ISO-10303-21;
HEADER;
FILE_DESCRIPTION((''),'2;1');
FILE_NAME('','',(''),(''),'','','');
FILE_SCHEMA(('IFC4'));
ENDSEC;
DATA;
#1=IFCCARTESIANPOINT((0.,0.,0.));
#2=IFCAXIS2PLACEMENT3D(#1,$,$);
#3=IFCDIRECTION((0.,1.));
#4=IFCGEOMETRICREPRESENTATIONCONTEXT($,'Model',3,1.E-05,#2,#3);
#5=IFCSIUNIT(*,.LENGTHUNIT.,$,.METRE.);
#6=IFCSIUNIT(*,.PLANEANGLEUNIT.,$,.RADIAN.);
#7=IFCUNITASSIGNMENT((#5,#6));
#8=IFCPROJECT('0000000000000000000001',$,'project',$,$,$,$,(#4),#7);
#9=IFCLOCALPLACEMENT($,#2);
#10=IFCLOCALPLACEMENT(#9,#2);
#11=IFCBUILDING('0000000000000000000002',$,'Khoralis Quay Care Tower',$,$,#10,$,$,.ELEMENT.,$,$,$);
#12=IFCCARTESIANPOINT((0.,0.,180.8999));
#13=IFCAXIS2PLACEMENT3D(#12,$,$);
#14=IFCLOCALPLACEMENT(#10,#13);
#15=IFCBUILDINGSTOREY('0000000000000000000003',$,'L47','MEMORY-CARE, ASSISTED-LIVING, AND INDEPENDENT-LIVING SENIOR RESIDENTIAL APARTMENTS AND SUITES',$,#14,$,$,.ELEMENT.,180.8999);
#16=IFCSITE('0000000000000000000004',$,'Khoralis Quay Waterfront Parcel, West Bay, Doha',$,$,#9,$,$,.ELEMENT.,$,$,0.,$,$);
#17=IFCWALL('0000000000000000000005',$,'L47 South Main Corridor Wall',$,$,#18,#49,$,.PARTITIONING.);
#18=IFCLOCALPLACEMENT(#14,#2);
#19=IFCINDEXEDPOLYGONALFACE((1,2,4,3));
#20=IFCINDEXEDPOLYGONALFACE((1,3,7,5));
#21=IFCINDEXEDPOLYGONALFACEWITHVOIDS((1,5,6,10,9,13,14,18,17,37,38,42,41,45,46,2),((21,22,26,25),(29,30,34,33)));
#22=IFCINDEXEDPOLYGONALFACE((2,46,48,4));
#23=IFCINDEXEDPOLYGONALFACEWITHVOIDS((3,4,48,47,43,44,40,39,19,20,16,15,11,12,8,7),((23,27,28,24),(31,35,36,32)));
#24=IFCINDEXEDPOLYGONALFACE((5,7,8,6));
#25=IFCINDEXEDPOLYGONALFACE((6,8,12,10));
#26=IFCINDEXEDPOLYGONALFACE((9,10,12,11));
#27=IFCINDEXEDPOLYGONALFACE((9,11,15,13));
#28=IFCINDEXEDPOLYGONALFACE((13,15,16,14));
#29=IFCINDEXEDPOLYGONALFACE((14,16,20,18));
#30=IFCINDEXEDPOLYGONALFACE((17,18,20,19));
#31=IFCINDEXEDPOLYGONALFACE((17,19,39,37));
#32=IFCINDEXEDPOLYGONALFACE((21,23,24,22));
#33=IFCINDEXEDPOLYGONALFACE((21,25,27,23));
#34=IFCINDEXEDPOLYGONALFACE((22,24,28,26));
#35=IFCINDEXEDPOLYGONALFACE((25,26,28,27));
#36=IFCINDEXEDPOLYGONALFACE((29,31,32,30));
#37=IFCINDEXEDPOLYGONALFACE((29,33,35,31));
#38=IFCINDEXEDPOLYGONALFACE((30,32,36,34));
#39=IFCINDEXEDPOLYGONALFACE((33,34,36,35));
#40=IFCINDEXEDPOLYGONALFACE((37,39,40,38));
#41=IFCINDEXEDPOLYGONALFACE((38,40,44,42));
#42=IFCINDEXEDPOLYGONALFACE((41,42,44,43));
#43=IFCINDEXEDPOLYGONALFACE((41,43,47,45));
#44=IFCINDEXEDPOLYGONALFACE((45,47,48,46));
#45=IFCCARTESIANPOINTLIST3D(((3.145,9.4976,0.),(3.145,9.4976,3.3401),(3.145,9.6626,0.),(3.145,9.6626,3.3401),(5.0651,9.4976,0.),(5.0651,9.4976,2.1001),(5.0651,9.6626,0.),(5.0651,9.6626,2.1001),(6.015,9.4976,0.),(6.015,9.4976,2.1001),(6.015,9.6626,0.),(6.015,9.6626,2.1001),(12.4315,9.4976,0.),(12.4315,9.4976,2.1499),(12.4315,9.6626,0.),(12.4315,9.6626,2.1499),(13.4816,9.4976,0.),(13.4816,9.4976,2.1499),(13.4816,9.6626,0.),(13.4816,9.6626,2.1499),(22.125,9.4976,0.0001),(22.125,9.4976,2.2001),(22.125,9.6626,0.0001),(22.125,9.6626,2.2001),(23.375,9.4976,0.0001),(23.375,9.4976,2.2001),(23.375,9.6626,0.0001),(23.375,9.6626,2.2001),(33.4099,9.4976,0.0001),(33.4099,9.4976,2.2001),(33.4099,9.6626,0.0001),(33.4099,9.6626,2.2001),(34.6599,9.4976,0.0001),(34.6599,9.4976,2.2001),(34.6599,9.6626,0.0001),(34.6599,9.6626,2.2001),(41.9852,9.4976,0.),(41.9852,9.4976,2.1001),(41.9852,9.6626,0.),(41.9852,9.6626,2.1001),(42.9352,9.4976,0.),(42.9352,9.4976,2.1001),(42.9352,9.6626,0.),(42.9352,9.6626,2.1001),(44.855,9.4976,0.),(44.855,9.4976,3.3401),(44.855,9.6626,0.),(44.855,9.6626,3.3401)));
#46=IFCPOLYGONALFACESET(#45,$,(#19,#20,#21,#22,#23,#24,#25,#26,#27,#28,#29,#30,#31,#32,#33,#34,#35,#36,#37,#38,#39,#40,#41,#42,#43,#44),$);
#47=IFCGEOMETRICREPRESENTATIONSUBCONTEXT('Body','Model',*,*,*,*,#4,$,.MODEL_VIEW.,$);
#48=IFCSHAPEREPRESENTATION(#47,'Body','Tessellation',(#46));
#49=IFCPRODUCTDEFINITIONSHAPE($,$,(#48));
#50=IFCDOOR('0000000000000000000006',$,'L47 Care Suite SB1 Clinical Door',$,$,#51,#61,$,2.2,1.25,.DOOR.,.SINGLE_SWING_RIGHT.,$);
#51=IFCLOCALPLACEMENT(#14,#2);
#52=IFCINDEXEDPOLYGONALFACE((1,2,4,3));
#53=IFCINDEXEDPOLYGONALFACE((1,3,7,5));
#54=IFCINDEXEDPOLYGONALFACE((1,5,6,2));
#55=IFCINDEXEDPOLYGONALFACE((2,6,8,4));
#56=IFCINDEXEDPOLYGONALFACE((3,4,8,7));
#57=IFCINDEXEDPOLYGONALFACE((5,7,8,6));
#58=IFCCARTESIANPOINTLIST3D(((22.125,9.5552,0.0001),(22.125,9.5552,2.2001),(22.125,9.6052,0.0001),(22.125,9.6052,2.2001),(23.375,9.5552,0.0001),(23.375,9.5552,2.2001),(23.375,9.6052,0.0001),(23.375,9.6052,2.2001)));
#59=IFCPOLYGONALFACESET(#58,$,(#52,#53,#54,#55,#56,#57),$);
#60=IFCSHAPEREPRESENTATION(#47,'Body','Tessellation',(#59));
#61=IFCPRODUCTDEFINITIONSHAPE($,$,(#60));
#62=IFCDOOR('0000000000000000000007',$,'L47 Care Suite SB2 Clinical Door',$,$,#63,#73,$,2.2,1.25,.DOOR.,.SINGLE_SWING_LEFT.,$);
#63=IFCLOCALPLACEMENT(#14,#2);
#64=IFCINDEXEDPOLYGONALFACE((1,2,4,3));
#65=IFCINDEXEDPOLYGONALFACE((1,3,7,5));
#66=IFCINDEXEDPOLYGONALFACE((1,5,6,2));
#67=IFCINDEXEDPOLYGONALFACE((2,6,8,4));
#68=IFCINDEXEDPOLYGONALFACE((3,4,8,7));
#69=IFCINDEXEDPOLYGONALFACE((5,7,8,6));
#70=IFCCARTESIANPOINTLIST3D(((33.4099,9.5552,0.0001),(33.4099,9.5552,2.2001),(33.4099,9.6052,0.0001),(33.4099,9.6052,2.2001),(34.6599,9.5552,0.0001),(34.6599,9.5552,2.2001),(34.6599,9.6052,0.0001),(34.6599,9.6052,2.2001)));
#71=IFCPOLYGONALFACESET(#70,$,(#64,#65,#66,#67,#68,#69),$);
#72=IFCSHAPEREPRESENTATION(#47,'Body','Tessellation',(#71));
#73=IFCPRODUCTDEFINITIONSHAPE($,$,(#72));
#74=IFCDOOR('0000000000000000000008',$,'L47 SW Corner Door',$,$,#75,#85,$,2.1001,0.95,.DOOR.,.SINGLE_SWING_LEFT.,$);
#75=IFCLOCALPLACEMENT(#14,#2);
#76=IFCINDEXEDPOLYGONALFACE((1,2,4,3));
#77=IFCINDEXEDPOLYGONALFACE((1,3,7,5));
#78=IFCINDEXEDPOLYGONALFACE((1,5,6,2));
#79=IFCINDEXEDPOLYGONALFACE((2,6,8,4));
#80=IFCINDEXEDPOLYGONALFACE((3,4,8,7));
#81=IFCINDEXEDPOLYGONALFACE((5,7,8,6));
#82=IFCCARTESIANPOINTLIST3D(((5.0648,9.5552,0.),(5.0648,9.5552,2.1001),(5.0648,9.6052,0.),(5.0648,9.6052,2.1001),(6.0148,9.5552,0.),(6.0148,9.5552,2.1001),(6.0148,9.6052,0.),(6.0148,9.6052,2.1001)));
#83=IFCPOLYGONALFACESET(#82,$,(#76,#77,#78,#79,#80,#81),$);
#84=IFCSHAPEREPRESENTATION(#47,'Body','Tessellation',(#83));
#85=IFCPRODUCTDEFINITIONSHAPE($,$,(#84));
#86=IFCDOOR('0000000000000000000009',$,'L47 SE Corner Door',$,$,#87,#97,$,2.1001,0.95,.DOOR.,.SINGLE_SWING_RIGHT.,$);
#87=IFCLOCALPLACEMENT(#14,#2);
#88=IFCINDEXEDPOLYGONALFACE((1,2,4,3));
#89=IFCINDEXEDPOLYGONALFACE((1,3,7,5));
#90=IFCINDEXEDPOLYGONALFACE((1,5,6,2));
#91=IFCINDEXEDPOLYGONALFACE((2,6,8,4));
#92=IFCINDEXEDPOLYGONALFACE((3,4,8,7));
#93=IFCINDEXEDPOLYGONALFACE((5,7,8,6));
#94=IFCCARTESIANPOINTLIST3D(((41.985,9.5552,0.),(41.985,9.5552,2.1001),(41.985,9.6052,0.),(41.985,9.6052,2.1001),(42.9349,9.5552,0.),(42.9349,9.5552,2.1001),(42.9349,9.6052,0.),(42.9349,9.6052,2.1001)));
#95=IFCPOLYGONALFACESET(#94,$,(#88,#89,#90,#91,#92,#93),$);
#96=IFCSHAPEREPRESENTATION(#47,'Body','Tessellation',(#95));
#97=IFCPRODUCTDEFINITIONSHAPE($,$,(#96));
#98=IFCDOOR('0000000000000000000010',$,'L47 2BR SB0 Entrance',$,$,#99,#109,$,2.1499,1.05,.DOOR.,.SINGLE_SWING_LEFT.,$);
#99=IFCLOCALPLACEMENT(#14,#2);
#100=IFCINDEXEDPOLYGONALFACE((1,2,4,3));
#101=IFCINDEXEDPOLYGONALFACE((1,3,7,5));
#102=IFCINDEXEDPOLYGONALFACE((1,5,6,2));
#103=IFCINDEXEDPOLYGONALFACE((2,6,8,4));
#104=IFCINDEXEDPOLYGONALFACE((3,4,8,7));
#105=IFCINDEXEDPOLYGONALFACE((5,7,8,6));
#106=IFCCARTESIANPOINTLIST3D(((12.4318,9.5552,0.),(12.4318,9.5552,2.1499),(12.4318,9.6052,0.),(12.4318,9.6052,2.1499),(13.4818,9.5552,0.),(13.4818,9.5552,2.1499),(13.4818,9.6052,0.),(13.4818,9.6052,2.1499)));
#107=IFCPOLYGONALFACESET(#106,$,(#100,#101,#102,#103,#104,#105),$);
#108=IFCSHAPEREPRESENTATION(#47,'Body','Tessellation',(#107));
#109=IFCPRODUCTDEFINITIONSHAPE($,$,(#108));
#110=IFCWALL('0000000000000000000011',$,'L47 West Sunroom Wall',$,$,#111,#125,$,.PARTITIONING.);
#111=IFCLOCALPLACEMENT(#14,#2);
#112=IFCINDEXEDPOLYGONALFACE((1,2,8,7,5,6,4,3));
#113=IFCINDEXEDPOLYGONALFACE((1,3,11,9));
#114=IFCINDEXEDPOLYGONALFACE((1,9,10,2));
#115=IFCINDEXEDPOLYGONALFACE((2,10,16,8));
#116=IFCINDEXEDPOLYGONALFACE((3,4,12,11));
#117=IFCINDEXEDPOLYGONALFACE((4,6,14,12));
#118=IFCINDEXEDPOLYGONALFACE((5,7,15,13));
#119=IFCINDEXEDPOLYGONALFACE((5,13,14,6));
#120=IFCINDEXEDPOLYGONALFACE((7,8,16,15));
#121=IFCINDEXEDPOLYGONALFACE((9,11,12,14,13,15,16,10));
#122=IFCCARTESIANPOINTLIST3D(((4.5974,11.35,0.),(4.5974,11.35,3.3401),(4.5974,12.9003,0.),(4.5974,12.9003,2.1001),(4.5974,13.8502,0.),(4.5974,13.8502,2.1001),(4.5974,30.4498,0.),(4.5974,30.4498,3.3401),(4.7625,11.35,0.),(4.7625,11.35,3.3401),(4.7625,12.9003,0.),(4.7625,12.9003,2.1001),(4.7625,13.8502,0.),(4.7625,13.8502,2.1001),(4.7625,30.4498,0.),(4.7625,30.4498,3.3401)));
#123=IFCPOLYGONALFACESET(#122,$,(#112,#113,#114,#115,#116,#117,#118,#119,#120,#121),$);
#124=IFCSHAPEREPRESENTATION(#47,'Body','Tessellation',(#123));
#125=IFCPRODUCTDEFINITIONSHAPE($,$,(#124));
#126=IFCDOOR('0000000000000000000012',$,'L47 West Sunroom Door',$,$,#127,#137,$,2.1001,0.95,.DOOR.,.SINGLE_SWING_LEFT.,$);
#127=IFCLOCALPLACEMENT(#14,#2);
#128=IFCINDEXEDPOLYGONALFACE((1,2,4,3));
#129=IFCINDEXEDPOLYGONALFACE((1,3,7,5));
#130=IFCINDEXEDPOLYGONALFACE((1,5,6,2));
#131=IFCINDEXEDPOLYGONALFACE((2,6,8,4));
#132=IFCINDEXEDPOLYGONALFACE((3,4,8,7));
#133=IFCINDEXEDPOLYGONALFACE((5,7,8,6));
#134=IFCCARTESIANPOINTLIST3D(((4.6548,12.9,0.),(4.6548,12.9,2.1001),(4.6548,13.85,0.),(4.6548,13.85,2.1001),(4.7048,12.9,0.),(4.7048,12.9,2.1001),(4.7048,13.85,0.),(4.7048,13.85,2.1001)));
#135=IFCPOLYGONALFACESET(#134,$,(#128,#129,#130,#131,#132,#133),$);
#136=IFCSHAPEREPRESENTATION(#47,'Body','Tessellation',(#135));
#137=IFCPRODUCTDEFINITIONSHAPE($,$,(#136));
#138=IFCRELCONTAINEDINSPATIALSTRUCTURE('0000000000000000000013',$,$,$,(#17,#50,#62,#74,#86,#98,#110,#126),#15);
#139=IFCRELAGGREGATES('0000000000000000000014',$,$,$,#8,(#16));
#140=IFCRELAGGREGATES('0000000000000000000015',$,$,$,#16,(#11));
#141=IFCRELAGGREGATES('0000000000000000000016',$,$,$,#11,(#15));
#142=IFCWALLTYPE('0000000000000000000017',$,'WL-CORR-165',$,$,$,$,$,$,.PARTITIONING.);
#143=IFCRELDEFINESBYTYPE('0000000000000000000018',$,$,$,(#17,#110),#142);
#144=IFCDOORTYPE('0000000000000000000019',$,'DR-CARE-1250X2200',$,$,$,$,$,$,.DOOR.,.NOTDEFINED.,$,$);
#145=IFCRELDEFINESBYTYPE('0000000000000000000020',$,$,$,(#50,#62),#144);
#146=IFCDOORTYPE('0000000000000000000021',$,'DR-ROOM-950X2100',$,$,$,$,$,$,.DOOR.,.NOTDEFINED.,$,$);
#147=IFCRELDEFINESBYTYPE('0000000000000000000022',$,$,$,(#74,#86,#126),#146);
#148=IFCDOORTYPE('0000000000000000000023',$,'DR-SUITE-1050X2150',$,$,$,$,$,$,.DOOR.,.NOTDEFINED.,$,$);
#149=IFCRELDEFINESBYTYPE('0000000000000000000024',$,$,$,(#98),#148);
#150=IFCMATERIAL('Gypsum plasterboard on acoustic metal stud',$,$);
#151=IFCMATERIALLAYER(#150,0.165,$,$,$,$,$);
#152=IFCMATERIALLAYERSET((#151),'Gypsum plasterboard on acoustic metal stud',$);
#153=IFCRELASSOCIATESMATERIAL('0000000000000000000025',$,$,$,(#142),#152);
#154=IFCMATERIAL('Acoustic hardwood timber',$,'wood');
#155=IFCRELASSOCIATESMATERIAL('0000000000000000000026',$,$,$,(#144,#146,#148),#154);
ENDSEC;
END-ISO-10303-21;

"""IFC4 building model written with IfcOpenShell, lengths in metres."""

from ifc_helpers import new_model, si_unit, direction, frame, frame_2d, origin, place, context, subcontext, project, spatial, rectangle, extrude, source, transform, mapped, material, layer, layer_set, type_object, element, fill, save


model = new_model("IFC4")

# Units and contexts
model_context = context("Model", 3, precision=1e-05, world=origin(), true_north=direction((0.0, 1.0)))
body_context = subcontext(model_context, "Body", "Model", "MODEL_VIEW")
ifc_project = project(units=[si_unit("LENGTHUNIT", "METRE"), si_unit("PLANEANGLEUNIT", "RADIAN")], contexts=[model_context])

# Site, building, storey
site_placement = place(None, origin())
site = spatial("IfcSite", under=ifc_project, at=site_placement, Name="Khoralis Quay Waterfront Parcel, West Bay, Doha", CompositionType="ELEMENT", RefElevation=0.0)
building_placement = place(site_placement, origin())
building = spatial("IfcBuilding", under=site, at=building_placement, Name="Khoralis Quay Care Tower", CompositionType="ELEMENT")
storey_placement = place(building_placement, frame((0.0, 0.0, 180.8999)))
storey = spatial("IfcBuildingStorey", under=building, at=storey_placement, Name="L47", Description="MEMORY-CARE, ASSISTED-LIVING, AND INDEPENDENT-LIVING SENIOR RESIDENTIAL APARTMENTS AND SUITES", CompositionType="ELEMENT", Elevation=180.8999)

# Wall, openings, doors
ifc_material_1 = material(Name="Gypsum plasterboard on acoustic metal stud")
ifc_layer_1 = layer(ifc_material_1, 0.165)
ifc_layer_set_1 = layer_set([ifc_layer_1], Name="Gypsum plasterboard on acoustic metal stud")
wall_type_1 = type_object("IfcWallType", Name="WL-CORR-165", PredefinedType="PARTITIONING", material=ifc_layer_set_1)
wall_1_placement = place(storey_placement, frame((3.145, 9.5801, 0.0), z_axis=(0.0, 0.0, 1.0), x_axis=(1.0, 0.0, 0.0)))
wall_1 = element("IfcWall", 1, at=wall_1_placement, inside=storey, type_object=wall_type_1, Name="L47 South Main Corridor Wall", PredefinedType="PARTITIONING", context=body_context, shape_type="SweptSolid", body=[
    extrude(rectangle(XDim=41.71, YDim=0.165, at=frame_2d((20.855, 0.0))), origin(), (0.0, 0.0, 1.0), 3.3401),
])
opening_1_placement = place(wall_1_placement, frame((9.2866, 0.0, 0.0)))
opening_1 = element("IfcOpeningElement", 2, at=opening_1_placement, cuts=wall_1, PredefinedType="OPENING", context=body_context, shape_type="SweptSolid", body=[
    extrude(rectangle(XDim=1.05, YDim=2.1499, at=frame_2d((0.5249, 1.075))), frame((0.0, 0.0925, 0.0), z_axis=(0.0, -1.0, 0.0), x_axis=(1.0, 0.0, 0.0)), (0.0, 0.0, 1.0), 0.1851),
])
opening_2_placement = place(wall_1_placement, frame((18.98, 0.0, 0.0)))
opening_2 = element("IfcOpeningElement", 3, at=opening_2_placement, cuts=wall_1, PredefinedType="OPENING", context=body_context, shape_type="SweptSolid", body=[
    extrude(rectangle(XDim=1.25, YDim=2.2, at=frame_2d((0.625, 1.1001))), frame((0.0, 0.0925, 0.0), z_axis=(0.0, -1.0, 0.0), x_axis=(1.0, 0.0, 0.0)), (0.0, 0.0, 1.0), 0.1851),
])
opening_3_placement = place(wall_1_placement, frame((30.2649, 0.0, 0.0)))
opening_3 = element("IfcOpeningElement", 4, at=opening_3_placement, cuts=wall_1, PredefinedType="OPENING", context=body_context, shape_type="SweptSolid", body=[
    extrude(rectangle(XDim=1.25, YDim=2.2, at=frame_2d((0.625, 1.1001))), frame((0.0, 0.0925, 0.0), z_axis=(0.0, -1.0, 0.0), x_axis=(1.0, 0.0, 0.0)), (0.0, 0.0, 1.0), 0.1851),
])
opening_4_placement = place(wall_1_placement, frame((1.9199, 0.0, 0.0)))
opening_4 = element("IfcOpeningElement", 5, at=opening_4_placement, cuts=wall_1, PredefinedType="OPENING", context=body_context, shape_type="SweptSolid", body=[
    extrude(rectangle(XDim=0.95, YDim=2.1001, at=frame_2d((0.4751, 1.05))), frame((0.0, 0.0925, 0.0), z_axis=(0.0, -1.0, 0.0), x_axis=(1.0, 0.0, 0.0)), (0.0, 0.0, 1.0), 0.1851),
])
opening_5_placement = place(wall_1_placement, frame((38.8401, 0.0, 0.0)))
opening_5 = element("IfcOpeningElement", 6, at=opening_5_placement, cuts=wall_1, PredefinedType="OPENING", context=body_context, shape_type="SweptSolid", body=[
    extrude(rectangle(XDim=0.95, YDim=2.1001, at=frame_2d((0.4751, 1.05))), frame((0.0, 0.0925, 0.0), z_axis=(0.0, -1.0, 0.0), x_axis=(1.0, 0.0, 0.0)), (0.0, 0.0, 1.0), 0.1851),
])
ifc_material_2 = material(Name="Acoustic hardwood timber", Category="wood")
door_type_1 = type_object("IfcDoorType", Name="DR-CARE-1250X2200", OperationType="NOTDEFINED", PredefinedType="DOOR", material=ifc_material_2)
shared_shape_1 = source(origin(), body_context, "Body", "SweptSolid", [
    extrude(rectangle(XDim=1.25, YDim=2.2, at=frame_2d((0.625, 1.1001))), frame((0.0, 0.0249, 0.0), z_axis=(0.0, -1.0, 0.0), x_axis=(1.0, 0.0, 0.0)), (0.0, 0.0, 1.0), 0.05),
])
door_1_placement = place(opening_2_placement, frame((1.25, 0.0, 0.0), z_axis=(0.0, 0.0, 1.0), x_axis=(-1.0, 0.0, 0.0)))
door_1 = element("IfcDoor", 7, at=door_1_placement, inside=storey, type_object=door_type_1, Name="L47 Care Suite SB1 Clinical Door", OperationType="SINGLE_SWING_RIGHT", OverallHeight=2.2, OverallWidth=1.25, PredefinedType="DOOR", context=body_context, shape_type="MappedRepresentation", body=[
    mapped(shared_shape_1, transform((0.0, 0.0, 0.0), scale=1.0)),
])
fill(opening_2, door_1)
door_2_placement = place(opening_3_placement, frame((1.25, 0.0, 0.0), z_axis=(0.0, 0.0, 1.0), x_axis=(-1.0, 0.0, 0.0)))
door_2 = element("IfcDoor", 8, at=door_2_placement, inside=storey, type_object=door_type_1, Name="L47 Care Suite SB2 Clinical Door", OperationType="SINGLE_SWING_LEFT", OverallHeight=2.2, OverallWidth=1.25, PredefinedType="DOOR", context=body_context, shape_type="MappedRepresentation", body=[
    mapped(shared_shape_1, transform((0.0, 0.0, 0.0), scale=1.0)),
])
fill(opening_3, door_2)
door_type_2 = type_object("IfcDoorType", Name="DR-ROOM-950X2100", OperationType="NOTDEFINED", PredefinedType="DOOR", material=ifc_material_2)
shared_shape_2 = source(origin(), body_context, "Body", "SweptSolid", [
    extrude(rectangle(XDim=0.95, YDim=2.1001, at=frame_2d((0.4751, 1.05))), frame((0.0, 0.0249, 0.0), z_axis=(0.0, -1.0, 0.0), x_axis=(1.0, 0.0, 0.0)), (0.0, 0.0, 1.0), 0.05),
])
door_3_placement = place(opening_4_placement, frame((0.95, 0.0, 0.0), z_axis=(0.0, 0.0, 1.0), x_axis=(-1.0, 0.0, 0.0)))
door_3 = element("IfcDoor", 9, at=door_3_placement, inside=storey, type_object=door_type_2, Name="L47 SW Corner Door", OperationType="SINGLE_SWING_LEFT", OverallHeight=2.1001, OverallWidth=0.95, PredefinedType="DOOR", context=body_context, shape_type="MappedRepresentation", body=[
    mapped(shared_shape_2, transform((0.0, 0.0, 0.0), scale=1.0)),
])
fill(opening_4, door_3)
door_4_placement = place(opening_5_placement, frame((0.95, 0.0, 0.0), z_axis=(0.0, 0.0, 1.0), x_axis=(-1.0, 0.0, 0.0)))
door_4 = element("IfcDoor", 10, at=door_4_placement, inside=storey, type_object=door_type_2, Name="L47 SE Corner Door", OperationType="SINGLE_SWING_RIGHT", OverallHeight=2.1001, OverallWidth=0.95, PredefinedType="DOOR", context=body_context, shape_type="MappedRepresentation", body=[
    mapped(shared_shape_2, transform((0.0, 0.0, 0.0), scale=1.0)),
])
fill(opening_5, door_4)
door_type_3 = type_object("IfcDoorType", Name="DR-SUITE-1050X2150", OperationType="NOTDEFINED", PredefinedType="DOOR", material=ifc_material_2)
shared_shape_3 = source(origin(), body_context, "Body", "SweptSolid", [
    extrude(rectangle(XDim=1.05, YDim=2.1499, at=frame_2d((0.5249, 1.075))), frame((0.0, 0.0249, 0.0), z_axis=(0.0, -1.0, 0.0), x_axis=(1.0, 0.0, 0.0)), (0.0, 0.0, 1.0), 0.05),
])
door_5_placement = place(opening_1_placement, frame((1.05, 0.0, 0.0), z_axis=(0.0, 0.0, 1.0), x_axis=(-1.0, 0.0, 0.0)))
door_5 = element("IfcDoor", 11, at=door_5_placement, inside=storey, type_object=door_type_3, Name="L47 2BR SB0 Entrance", OperationType="SINGLE_SWING_LEFT", OverallHeight=2.1499, OverallWidth=1.05, PredefinedType="DOOR", context=body_context, shape_type="MappedRepresentation", body=[
    mapped(shared_shape_3, transform((0.0, 0.0, 0.0), scale=1.0)),
])
fill(opening_1, door_5)

# Wall, opening, door
wall_2_placement = place(storey_placement, frame((4.6799, 11.3501, 0.0), z_axis=(0.0, 0.0, 1.0), x_axis=(0.0, 1.0, 0.0)))
wall_2 = element("IfcWall", 12, at=wall_2_placement, inside=storey, type_object=wall_type_1, Name="L47 West Sunroom Wall", PredefinedType="PARTITIONING", context=body_context, shape_type="SweptSolid", body=[
    extrude(rectangle(XDim=19.0999, YDim=0.165, at=frame_2d((9.5498, 0.0))), origin(), (0.0, 0.0, 1.0), 3.3401),
])
opening_6_placement = place(wall_2_placement, frame((1.55, 0.0, 0.0)))
opening_6 = element("IfcOpeningElement", 13, at=opening_6_placement, cuts=wall_2, PredefinedType="OPENING", context=body_context, shape_type="SweptSolid", body=[
    extrude(rectangle(XDim=0.95, YDim=2.1001, at=frame_2d((0.4751, 1.05))), frame((0.0, 0.0925, 0.0), z_axis=(0.0, -1.0, 0.0), x_axis=(1.0, 0.0, 0.0)), (0.0, 0.0, 1.0), 0.1851),
])
door_6_placement = place(opening_6_placement, frame((0.95, 0.0, 0.0), z_axis=(0.0, 0.0, 1.0), x_axis=(-1.0, 0.0, 0.0)))
door_6 = element("IfcDoor", 14, at=door_6_placement, inside=storey, type_object=door_type_2, Name="L47 West Sunroom Door", OperationType="SINGLE_SWING_LEFT", OverallHeight=2.1001, OverallWidth=0.95, PredefinedType="DOOR", context=body_context, shape_type="MappedRepresentation", body=[
    mapped(shared_shape_2, transform((0.0, 0.0, 0.0), scale=1.0)),
])
fill(opening_6, door_6)

save(model, "model.ifc")
